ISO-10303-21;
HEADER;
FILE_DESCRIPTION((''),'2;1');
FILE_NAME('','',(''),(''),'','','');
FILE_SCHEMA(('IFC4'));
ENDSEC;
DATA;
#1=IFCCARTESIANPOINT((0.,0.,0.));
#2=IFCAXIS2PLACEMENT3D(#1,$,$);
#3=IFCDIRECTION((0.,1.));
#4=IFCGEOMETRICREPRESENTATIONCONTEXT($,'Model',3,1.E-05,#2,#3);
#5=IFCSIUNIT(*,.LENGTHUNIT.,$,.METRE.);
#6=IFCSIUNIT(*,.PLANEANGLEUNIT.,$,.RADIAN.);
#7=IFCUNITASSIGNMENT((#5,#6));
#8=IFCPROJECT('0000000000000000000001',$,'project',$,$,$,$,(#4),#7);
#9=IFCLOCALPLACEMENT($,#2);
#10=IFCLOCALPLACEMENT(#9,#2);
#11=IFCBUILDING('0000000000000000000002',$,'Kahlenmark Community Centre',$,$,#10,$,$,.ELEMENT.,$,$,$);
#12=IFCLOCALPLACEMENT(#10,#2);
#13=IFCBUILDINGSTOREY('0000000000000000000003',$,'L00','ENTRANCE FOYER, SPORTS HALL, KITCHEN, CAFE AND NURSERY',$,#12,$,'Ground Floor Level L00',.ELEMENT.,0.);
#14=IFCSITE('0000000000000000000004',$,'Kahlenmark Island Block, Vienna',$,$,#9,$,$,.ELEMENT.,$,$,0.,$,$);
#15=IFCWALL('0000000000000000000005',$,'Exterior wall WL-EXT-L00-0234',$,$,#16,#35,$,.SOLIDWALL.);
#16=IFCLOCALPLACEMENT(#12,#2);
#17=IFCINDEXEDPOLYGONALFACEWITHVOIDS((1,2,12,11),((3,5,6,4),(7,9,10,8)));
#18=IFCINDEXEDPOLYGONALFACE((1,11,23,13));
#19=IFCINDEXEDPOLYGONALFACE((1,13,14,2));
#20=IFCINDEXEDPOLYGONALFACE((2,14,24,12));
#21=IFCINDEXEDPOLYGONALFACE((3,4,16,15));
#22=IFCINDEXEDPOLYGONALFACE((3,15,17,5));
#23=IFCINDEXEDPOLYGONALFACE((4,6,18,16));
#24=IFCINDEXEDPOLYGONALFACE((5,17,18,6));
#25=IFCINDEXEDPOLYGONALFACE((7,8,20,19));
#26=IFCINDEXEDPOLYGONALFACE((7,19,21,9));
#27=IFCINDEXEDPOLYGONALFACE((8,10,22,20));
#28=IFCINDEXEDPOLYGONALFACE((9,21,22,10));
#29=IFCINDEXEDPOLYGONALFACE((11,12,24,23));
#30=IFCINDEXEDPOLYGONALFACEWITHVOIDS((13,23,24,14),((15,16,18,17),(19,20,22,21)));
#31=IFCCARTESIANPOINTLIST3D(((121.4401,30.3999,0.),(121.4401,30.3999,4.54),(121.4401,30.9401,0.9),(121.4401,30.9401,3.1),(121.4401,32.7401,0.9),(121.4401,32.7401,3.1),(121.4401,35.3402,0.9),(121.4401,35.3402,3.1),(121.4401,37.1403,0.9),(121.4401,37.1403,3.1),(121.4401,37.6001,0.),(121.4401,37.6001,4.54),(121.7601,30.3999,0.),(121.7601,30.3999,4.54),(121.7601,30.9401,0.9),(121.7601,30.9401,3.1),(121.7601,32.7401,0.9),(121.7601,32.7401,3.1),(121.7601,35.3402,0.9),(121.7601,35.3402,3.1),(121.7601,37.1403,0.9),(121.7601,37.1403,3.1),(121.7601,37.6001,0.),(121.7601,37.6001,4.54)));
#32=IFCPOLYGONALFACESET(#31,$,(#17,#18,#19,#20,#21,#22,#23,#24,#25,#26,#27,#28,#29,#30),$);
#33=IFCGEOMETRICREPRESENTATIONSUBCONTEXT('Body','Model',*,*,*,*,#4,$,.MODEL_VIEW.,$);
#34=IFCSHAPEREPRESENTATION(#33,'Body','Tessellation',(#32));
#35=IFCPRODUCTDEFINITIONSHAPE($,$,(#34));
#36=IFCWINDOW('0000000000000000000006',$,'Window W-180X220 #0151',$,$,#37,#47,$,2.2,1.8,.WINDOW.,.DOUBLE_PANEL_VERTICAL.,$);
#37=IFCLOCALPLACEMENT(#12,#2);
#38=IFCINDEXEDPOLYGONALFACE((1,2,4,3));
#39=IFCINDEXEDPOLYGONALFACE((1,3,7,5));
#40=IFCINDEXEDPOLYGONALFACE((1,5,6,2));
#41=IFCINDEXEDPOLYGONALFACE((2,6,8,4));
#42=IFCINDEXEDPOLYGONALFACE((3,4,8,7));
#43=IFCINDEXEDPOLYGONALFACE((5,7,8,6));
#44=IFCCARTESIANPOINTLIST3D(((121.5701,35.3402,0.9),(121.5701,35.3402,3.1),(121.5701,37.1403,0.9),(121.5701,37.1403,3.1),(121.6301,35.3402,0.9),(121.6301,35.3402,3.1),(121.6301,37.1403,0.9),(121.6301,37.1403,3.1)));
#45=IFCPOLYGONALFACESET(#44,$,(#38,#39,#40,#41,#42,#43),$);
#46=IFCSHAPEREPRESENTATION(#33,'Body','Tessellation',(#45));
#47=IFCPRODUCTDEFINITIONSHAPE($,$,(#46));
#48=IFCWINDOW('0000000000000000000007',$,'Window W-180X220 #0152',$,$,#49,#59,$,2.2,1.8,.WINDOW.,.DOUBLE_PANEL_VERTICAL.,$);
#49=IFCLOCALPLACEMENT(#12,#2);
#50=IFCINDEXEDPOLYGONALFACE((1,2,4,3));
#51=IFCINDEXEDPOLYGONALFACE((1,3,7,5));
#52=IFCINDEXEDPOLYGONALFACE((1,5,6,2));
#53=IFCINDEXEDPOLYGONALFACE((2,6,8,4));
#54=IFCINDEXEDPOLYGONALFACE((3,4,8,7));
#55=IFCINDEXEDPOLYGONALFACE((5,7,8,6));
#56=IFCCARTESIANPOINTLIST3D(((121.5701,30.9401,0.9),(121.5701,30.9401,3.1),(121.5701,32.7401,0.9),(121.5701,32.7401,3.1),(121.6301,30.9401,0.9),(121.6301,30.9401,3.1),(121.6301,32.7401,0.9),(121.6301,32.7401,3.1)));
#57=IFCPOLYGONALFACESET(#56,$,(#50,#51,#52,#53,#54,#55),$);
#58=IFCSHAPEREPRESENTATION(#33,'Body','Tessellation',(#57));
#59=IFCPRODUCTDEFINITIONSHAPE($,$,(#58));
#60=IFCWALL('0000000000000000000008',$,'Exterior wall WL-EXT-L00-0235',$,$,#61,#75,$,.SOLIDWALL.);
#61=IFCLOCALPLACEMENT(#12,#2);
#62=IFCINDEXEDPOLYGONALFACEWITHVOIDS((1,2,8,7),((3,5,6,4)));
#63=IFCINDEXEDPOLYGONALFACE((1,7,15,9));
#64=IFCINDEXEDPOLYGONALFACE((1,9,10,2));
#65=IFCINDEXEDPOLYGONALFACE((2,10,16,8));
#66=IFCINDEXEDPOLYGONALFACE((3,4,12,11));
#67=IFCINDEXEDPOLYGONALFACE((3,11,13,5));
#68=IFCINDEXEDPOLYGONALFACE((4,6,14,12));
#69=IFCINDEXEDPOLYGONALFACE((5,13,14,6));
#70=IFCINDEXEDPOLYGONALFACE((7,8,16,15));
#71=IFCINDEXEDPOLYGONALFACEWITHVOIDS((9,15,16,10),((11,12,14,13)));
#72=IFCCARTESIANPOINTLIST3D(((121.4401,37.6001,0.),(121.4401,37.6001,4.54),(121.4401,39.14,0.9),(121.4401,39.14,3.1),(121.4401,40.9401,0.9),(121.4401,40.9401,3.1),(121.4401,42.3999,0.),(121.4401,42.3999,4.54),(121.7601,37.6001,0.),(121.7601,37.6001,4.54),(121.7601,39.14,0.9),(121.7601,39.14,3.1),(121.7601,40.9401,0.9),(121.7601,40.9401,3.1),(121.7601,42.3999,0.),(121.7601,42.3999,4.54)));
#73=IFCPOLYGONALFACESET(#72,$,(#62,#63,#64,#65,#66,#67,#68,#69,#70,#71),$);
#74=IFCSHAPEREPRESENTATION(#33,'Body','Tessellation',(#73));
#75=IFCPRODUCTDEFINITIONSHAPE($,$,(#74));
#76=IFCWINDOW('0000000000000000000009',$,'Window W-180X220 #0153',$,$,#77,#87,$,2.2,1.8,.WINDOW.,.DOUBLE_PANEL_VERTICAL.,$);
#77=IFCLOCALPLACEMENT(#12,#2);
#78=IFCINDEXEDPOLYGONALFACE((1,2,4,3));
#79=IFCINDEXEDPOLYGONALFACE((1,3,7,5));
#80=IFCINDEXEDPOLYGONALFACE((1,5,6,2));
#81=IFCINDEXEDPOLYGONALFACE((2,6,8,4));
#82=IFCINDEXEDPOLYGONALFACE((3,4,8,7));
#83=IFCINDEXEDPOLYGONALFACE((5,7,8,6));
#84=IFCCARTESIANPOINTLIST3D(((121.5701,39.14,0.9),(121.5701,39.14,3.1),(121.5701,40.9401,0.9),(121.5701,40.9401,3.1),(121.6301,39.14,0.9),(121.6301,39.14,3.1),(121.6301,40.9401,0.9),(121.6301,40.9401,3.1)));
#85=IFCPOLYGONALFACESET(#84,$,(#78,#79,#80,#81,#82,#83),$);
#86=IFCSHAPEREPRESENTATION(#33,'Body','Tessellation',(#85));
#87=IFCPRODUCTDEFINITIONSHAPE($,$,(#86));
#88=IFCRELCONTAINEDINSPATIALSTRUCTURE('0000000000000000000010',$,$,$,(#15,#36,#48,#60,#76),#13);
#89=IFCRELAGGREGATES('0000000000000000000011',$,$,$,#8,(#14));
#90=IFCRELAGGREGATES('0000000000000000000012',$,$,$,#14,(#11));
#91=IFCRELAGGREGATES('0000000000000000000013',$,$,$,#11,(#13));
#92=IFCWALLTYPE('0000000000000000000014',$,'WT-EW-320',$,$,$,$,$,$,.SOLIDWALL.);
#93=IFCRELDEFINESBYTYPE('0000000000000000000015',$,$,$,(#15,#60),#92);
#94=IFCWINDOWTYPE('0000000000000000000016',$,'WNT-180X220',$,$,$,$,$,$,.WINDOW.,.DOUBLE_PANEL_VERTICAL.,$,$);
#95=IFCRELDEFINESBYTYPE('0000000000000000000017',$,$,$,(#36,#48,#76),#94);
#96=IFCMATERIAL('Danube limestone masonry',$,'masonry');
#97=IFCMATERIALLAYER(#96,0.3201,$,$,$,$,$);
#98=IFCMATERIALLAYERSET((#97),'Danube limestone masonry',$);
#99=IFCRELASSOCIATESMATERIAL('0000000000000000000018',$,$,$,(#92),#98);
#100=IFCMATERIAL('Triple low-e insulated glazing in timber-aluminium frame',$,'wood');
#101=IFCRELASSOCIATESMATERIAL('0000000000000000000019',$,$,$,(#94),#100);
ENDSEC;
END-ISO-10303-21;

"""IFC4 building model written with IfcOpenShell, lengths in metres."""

from ifc_helpers import new_model, si_unit, direction, frame, frame_2d, origin, place, context, subcontext, project, spatial, rectangle, extrude, material, layer, layer_set, type_object, element, fill, save


model = new_model("IFC4")

# Units and contexts
model_context = context("Model", 3, precision=1e-05, world=origin(), true_north=direction((0.0, 1.0)))
body_context = subcontext(model_context, "Body", "Model", "MODEL_VIEW")
ifc_project = project(units=[si_unit("LENGTHUNIT", "METRE"), si_unit("PLANEANGLEUNIT", "RADIAN")], contexts=[model_context])

# Site, building, storey
site_placement = place(None, origin())
site = spatial("IfcSite", under=ifc_project, at=site_placement, Name="Kahlenmark Island Block, Vienna", CompositionType="ELEMENT", RefElevation=0.0)
building_placement = place(site_placement, origin())
building = spatial("IfcBuilding", under=site, at=building_placement, Name="Kahlenmark Community Centre", CompositionType="ELEMENT")
storey_placement = place(building_placement, origin())
storey = spatial("IfcBuildingStorey", under=building, at=storey_placement, Name="L00", Description="ENTRANCE FOYER, SPORTS HALL, KITCHEN, CAFE AND NURSERY", LongName="Ground Floor Level L00", CompositionType="ELEMENT", Elevation=0.0)

# Shared definitions
ifc_material_1 = material(Name="Danube limestone masonry", Category="masonry")
ifc_layer = layer(ifc_material_1, 0.3201)
ifc_layer_set = layer_set([ifc_layer], Name="Danube limestone masonry")
wall_type = type_object("IfcWallType", Name="WT-EW-320", PredefinedType="SOLIDWALL", material=ifc_layer_set)

# Wall, openings, windows
wall_1_placement = place(storey_placement, frame((121.6001, 37.6001, 0.0), z_axis=(0.0, 0.0, 1.0), x_axis=(0.0, -1.0, 0.0)))
wall_1 = element("IfcWall", 1, at=wall_1_placement, inside=storey, type_object=wall_type, Name="Exterior wall WL-EXT-L00-0234", PredefinedType="SOLIDWALL", context=body_context, shape_type="SweptSolid", body=[
    extrude(rectangle(XDim=7.2002, YDim=0.3201, at=frame_2d((3.6001, 0.0))), origin(), (0.0, 0.0, 1.0), 4.54),
])
opening_1_placement = place(wall_1_placement, frame((0.46, 0.0, 0.8999)))
opening_1 = element("IfcOpeningElement", 2, at=opening_1_placement, cuts=wall_1, PredefinedType="OPENING", context=body_context, shape_type="SweptSolid", body=[
    extrude(rectangle(XDim=1.8, YDim=2.2, at=frame_2d((0.8999, 1.1001))), frame((0.0, 0.1699, 0.0), z_axis=(0.0, -1.0, 0.0), x_axis=(1.0, 0.0, 0.0)), (0.0, 0.0, 1.0), 0.3401),
])
opening_2_placement = place(wall_1_placement, frame((4.8601, 0.0, 0.8999)))
opening_2 = element("IfcOpeningElement", 3, at=opening_2_placement, cuts=wall_1, PredefinedType="OPENING", context=body_context, shape_type="SweptSolid", body=[
    extrude(rectangle(XDim=1.8, YDim=2.2, at=frame_2d((0.8999, 1.1001))), frame((0.0, 0.1699, 0.0), z_axis=(0.0, -1.0, 0.0), x_axis=(1.0, 0.0, 0.0)), (0.0, 0.0, 1.0), 0.3401),
])
ifc_material_2 = material(Name="Triple low-e insulated glazing in timber-aluminium frame", Category="wood")
window_type = type_object("IfcWindowType", Name="WNT-180X220", PartitioningType="DOUBLE_PANEL_VERTICAL", PredefinedType="WINDOW", material=ifc_material_2)
window_1_placement = place(opening_1_placement, origin())
window_1 = element("IfcWindow", 4, at=window_1_placement, inside=storey, type_object=window_type, Name="Window W-180X220 #0151", OverallHeight=2.2, OverallWidth=1.8, PartitioningType="DOUBLE_PANEL_VERTICAL", PredefinedType="WINDOW", context=body_context, shape_type="SweptSolid", body=[
    extrude(rectangle(XDim=1.8, YDim=2.2, at=frame_2d((0.8999, 1.1001))), frame((0.0, 0.03, 0.0), z_axis=(0.0, -1.0, 0.0), x_axis=(1.0, 0.0, 0.0)), (0.0, 0.0, 1.0), 0.0601),
])
fill(opening_1, window_1)
window_2_placement = place(opening_2_placement, origin())
window_2 = element("IfcWindow", 5, at=window_2_placement, inside=storey, type_object=window_type, Name="Window W-180X220 #0152", OverallHeight=2.2, OverallWidth=1.8, PartitioningType="DOUBLE_PANEL_VERTICAL", PredefinedType="WINDOW", context=body_context, shape_type="SweptSolid", body=[
    extrude(rectangle(XDim=1.8, YDim=2.2, at=frame_2d((0.8999, 1.1001))), frame((0.0, 0.03, 0.0), z_axis=(0.0, -1.0, 0.0), x_axis=(1.0, 0.0, 0.0)), (0.0, 0.0, 1.0), 0.0601),
])
fill(opening_2, window_2)

# Wall, opening, window
wall_2_placement = place(storey_placement, frame((121.6001, 42.3999, 0.0), z_axis=(0.0, 0.0, 1.0), x_axis=(0.0, -1.0, 0.0)))
wall_2 = element("IfcWall", 6, at=wall_2_placement, inside=storey, type_object=wall_type, Name="Exterior wall WL-EXT-L00-0235", PredefinedType="SOLIDWALL", context=body_context, shape_type="SweptSolid", body=[
    extrude(rectangle(XDim=4.7998, YDim=0.3201, at=frame_2d((2.3999, 0.0))), origin(), (0.0, 0.0, 1.0), 4.54),
])
opening_3_placement = place(wall_2_placement, frame((1.46, 0.0, 0.8999)))
opening_3 = element("IfcOpeningElement", 7, at=opening_3_placement, cuts=wall_2, PredefinedType="OPENING", context=body_context, shape_type="SweptSolid", body=[
    extrude(rectangle(XDim=1.8, YDim=2.2, at=frame_2d((0.8999, 1.1001))), frame((0.0, 0.1699, 0.0), z_axis=(0.0, -1.0, 0.0), x_axis=(1.0, 0.0, 0.0)), (0.0, 0.0, 1.0), 0.3401),
])
window_3_placement = place(opening_3_placement, origin())
window_3 = element("IfcWindow", 8, at=window_3_placement, inside=storey, type_object=window_type, Name="Window W-180X220 #0153", OverallHeight=2.2, OverallWidth=1.8, PartitioningType="DOUBLE_PANEL_VERTICAL", PredefinedType="WINDOW", context=body_context, shape_type="SweptSolid", body=[
    extrude(rectangle(XDim=1.8, YDim=2.2, at=frame_2d((0.8999, 1.1001))), frame((0.0, 0.03, 0.0), z_axis=(0.0, -1.0, 0.0), x_axis=(1.0, 0.0, 0.0)), (0.0, 0.0, 1.0), 0.0601),
])
fill(opening_3, window_3)

save(model, "model.ifc")
